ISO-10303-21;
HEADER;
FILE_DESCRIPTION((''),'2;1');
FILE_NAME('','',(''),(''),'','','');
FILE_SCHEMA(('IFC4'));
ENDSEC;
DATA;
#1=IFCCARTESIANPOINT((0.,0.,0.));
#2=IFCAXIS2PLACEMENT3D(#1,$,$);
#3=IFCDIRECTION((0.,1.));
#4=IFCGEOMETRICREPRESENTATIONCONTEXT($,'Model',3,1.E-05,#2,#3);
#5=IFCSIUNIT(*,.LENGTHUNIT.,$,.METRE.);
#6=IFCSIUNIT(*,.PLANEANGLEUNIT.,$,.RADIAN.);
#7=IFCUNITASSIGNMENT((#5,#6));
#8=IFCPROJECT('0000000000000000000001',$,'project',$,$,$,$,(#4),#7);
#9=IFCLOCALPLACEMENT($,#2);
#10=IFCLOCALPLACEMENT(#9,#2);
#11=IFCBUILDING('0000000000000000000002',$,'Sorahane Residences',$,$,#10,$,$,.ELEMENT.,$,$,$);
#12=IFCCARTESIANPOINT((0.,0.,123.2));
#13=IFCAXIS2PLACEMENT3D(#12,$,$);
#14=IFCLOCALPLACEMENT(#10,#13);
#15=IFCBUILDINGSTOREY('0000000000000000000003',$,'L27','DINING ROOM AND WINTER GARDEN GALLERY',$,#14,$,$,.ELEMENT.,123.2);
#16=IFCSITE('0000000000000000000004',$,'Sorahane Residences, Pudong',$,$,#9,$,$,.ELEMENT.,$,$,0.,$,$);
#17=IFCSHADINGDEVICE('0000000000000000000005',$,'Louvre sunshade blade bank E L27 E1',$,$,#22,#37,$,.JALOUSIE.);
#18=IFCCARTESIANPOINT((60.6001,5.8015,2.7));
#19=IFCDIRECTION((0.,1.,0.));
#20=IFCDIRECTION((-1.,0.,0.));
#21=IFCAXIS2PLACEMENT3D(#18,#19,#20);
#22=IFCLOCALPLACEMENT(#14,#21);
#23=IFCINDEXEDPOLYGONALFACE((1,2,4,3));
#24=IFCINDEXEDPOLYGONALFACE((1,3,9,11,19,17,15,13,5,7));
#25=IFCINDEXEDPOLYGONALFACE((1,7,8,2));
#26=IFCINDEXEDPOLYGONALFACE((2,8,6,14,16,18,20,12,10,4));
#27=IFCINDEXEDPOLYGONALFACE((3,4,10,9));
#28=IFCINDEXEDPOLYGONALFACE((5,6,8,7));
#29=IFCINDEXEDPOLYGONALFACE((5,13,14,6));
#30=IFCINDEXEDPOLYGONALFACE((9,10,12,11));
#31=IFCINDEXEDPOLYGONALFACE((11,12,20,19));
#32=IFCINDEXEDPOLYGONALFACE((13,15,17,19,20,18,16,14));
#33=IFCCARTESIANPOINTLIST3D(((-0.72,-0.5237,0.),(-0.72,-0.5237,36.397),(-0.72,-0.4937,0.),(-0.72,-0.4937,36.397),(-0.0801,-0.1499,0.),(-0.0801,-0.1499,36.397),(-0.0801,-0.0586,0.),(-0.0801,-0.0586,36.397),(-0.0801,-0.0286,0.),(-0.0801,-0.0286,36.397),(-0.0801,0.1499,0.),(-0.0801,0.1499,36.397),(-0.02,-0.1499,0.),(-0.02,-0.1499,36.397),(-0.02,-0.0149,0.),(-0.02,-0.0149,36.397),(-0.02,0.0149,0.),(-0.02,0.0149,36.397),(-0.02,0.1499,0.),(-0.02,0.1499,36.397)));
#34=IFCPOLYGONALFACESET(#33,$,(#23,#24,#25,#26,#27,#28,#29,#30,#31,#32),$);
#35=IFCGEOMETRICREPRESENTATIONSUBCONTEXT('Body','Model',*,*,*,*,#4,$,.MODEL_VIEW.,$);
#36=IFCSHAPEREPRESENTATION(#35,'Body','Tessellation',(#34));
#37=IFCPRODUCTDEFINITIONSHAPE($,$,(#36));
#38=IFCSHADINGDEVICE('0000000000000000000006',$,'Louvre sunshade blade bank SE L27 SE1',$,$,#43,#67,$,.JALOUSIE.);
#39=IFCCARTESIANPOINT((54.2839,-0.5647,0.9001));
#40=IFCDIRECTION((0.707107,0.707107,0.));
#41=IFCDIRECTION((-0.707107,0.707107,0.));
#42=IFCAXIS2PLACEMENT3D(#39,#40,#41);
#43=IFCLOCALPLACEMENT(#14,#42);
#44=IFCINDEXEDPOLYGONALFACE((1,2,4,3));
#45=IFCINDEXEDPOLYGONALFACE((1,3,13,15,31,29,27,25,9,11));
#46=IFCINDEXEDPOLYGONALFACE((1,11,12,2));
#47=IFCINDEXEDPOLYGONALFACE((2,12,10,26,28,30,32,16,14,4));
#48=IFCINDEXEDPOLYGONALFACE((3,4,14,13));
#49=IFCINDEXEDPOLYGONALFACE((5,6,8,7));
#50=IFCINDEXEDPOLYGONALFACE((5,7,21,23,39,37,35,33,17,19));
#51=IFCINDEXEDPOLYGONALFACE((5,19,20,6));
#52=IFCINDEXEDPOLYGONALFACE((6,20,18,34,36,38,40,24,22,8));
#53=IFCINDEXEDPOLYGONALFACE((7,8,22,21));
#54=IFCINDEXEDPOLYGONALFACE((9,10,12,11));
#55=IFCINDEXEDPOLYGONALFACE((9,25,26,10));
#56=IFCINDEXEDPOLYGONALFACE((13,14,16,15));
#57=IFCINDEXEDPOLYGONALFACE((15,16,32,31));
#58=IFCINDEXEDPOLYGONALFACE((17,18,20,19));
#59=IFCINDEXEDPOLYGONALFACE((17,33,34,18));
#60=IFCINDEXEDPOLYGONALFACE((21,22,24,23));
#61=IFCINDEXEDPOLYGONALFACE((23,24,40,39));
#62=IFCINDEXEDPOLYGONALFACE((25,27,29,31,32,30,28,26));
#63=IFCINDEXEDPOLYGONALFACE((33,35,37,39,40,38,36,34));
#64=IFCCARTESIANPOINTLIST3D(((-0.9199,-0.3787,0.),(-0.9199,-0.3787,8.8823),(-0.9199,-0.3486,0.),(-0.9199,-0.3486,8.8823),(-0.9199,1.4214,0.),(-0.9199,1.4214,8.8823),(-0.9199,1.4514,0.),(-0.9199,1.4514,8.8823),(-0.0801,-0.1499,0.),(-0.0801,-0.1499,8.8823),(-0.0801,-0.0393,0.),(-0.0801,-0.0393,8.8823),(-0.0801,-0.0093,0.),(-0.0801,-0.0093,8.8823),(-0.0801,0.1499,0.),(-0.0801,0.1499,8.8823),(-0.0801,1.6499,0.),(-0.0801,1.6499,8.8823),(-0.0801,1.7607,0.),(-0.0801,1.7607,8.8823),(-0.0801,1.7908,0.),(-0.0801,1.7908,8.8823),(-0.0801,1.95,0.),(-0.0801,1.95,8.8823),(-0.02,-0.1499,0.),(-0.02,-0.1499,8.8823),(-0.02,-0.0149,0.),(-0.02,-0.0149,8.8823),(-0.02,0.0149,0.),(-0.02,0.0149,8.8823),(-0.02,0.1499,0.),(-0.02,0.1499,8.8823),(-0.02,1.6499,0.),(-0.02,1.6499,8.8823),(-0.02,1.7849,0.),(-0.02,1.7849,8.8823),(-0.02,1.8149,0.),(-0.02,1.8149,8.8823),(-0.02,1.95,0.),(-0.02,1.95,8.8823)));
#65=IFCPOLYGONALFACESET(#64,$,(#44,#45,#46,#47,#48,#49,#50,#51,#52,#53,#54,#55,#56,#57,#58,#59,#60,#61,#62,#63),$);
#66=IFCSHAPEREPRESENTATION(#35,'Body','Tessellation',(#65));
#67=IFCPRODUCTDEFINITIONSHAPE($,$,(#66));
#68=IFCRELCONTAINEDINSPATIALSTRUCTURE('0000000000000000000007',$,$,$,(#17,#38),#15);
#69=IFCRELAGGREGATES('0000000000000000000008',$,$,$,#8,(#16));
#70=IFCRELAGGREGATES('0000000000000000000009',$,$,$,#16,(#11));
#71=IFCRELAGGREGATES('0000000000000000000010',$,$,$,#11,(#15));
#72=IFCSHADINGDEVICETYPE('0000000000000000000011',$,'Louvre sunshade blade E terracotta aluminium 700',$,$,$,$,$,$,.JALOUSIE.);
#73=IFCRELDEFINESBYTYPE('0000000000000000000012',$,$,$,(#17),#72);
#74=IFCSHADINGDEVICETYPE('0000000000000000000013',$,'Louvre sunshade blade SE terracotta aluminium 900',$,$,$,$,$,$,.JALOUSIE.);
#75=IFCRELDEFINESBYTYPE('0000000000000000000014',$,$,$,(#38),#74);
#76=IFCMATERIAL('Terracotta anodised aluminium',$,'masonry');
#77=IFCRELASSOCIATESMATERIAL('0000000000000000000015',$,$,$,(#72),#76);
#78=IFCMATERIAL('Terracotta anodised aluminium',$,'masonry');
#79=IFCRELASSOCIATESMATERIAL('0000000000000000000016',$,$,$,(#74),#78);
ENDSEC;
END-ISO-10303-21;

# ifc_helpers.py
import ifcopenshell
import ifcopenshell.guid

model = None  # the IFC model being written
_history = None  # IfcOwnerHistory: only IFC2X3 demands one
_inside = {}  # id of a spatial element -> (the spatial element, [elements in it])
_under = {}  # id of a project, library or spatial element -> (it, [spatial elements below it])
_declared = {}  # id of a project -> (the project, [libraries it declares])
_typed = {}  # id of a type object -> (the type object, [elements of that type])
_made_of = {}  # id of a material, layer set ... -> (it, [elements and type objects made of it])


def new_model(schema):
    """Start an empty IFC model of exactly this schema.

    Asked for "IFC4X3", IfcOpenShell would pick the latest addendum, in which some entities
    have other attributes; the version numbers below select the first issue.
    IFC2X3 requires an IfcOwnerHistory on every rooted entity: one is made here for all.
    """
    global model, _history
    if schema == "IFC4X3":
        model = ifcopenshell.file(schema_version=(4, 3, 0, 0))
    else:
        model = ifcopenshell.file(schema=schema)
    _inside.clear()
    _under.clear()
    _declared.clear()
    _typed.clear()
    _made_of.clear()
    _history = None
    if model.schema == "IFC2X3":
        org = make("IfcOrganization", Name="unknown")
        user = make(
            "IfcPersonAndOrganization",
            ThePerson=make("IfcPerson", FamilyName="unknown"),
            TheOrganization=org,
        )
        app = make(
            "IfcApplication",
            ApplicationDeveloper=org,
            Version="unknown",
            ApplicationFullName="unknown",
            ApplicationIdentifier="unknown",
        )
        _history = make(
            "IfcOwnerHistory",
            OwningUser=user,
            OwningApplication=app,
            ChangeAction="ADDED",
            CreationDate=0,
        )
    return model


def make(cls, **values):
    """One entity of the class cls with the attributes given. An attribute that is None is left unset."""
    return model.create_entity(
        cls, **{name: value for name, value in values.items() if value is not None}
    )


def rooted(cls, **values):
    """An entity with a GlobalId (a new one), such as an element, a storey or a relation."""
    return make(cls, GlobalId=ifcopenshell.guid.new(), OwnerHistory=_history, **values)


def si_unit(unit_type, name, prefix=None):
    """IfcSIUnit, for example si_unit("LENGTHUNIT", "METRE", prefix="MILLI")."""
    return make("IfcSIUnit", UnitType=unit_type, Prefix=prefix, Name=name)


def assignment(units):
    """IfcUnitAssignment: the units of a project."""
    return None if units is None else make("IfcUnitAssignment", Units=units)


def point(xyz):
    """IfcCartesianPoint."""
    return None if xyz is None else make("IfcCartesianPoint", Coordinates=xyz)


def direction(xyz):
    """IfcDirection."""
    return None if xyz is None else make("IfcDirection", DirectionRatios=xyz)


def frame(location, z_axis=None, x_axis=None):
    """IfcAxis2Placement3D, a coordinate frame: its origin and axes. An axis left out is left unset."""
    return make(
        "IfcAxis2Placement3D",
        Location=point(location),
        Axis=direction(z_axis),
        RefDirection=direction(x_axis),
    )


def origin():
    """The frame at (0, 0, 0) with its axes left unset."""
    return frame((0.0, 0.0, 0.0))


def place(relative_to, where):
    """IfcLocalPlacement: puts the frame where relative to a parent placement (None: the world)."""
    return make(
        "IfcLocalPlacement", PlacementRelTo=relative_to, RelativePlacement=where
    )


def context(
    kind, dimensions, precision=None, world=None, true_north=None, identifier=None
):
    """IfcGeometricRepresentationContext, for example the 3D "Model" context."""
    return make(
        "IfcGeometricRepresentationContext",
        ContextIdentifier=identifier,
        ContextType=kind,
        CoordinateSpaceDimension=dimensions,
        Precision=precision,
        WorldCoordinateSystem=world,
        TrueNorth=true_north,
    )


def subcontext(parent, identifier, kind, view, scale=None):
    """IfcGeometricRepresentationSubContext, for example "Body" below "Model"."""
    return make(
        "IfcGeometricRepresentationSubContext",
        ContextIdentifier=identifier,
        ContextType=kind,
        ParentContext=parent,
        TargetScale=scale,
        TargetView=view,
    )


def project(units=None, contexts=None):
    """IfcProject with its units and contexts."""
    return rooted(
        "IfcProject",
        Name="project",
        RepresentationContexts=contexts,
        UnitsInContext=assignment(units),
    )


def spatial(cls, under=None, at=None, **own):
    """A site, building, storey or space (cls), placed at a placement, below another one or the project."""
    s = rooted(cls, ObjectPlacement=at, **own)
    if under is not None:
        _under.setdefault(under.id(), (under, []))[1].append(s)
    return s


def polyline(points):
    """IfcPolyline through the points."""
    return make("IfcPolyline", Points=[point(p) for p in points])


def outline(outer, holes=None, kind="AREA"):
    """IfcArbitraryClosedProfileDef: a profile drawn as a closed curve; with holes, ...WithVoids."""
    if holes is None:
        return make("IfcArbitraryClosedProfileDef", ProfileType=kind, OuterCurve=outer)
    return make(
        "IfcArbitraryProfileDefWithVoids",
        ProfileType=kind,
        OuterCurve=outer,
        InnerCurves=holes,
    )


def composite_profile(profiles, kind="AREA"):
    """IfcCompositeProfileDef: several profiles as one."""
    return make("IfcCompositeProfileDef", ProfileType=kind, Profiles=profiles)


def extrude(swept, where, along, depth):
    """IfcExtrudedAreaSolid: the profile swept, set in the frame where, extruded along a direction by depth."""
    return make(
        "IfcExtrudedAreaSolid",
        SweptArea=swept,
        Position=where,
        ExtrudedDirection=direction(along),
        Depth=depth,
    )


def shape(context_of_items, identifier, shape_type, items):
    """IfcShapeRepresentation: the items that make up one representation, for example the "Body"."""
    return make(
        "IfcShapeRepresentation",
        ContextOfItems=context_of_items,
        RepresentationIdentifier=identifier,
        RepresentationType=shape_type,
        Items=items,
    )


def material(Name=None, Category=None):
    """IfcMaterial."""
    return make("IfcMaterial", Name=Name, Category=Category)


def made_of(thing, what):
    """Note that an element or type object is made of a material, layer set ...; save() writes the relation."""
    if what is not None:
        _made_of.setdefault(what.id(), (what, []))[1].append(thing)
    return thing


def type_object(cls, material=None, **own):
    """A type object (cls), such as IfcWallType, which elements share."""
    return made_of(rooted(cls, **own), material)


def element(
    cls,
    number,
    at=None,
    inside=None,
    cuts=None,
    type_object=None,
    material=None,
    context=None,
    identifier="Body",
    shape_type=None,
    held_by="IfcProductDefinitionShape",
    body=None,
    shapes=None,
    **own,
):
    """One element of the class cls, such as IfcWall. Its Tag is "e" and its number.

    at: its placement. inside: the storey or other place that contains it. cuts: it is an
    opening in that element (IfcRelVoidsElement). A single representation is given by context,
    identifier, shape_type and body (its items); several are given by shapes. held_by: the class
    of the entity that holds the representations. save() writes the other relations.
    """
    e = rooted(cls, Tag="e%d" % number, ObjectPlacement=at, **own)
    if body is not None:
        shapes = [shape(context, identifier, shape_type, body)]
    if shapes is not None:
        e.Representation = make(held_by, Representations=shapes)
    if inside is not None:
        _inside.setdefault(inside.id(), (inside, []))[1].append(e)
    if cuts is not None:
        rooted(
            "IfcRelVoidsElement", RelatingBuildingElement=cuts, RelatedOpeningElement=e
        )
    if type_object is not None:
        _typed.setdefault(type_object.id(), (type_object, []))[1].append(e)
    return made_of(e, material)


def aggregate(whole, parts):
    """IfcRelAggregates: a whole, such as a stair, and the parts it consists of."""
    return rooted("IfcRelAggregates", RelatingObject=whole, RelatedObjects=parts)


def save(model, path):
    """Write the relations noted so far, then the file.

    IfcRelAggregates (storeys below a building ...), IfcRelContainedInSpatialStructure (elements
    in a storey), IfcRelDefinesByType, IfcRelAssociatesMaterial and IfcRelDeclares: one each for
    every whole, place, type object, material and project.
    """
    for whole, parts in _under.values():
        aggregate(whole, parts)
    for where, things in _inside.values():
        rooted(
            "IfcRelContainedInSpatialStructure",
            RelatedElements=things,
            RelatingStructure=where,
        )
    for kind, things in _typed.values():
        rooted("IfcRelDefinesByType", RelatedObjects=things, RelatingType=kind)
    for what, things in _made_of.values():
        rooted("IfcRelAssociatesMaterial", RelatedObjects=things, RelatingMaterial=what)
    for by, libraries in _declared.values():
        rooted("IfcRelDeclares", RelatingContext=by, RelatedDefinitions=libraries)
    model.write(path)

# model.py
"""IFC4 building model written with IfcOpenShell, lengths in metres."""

from ifc_helpers import new_model, si_unit, direction, frame, origin, place, context, subcontext, project, spatial, polyline, outline, composite_profile, extrude, material, type_object, element, save


model = new_model("IFC4")

# Units and contexts
model_context = context("Model", 3, precision=1e-05, world=origin(), true_north=direction((0.0, 1.0)))
body_context = subcontext(model_context, "Body", "Model", "MODEL_VIEW")
ifc_project = project(units=[si_unit("LENGTHUNIT", "METRE"), si_unit("PLANEANGLEUNIT", "RADIAN")], contexts=[model_context])

# Site, building, storey
site_placement = place(None, origin())
site = spatial("IfcSite", under=ifc_project, at=site_placement, Name="Sorahane Residences, Pudong", CompositionType="ELEMENT", RefElevation=0.0)
building_placement = place(site_placement, origin())
building = spatial("IfcBuilding", under=site, at=building_placement, Name="Sorahane Residences", CompositionType="ELEMENT")
storey_placement = place(building_placement, frame((0.0, 0.0, 123.2)))
storey = spatial("IfcBuildingStorey", under=building, at=storey_placement, Name="L27", Description="DINING ROOM AND WINTER GARDEN GALLERY", CompositionType="ELEMENT", Elevation=123.2)

# Shading devices
ifc_material_1 = material(Name="Terracotta anodised aluminium", Category="masonry")
shading_device_type_1 = type_object("IfcShadingDeviceType", Name="Louvre sunshade blade E terracotta aluminium 700", PredefinedType="JALOUSIE", material=ifc_material_1)
shading_device_1_placement = place(storey_placement, frame((60.6001, 5.8015, 2.7), z_axis=(0.0, 1.0, 0.0), x_axis=(-1.0, 0.0, 0.0)))
element("IfcShadingDevice", 1, at=shading_device_1_placement, inside=storey, type_object=shading_device_type_1, Name="Louvre sunshade blade bank E L27 E1", PredefinedType="JALOUSIE", context=body_context, shape_type="SweptSolid", body=[
    extrude(outline(polyline([(-0.72, -0.4937), (-0.72, -0.5237), (-0.0801, -0.0586), (-0.0801, -0.1499), (-0.02, -0.1499), (-0.02, -0.0149), (-0.02, 0.0149), (-0.02, 0.1499), (-0.0801, 0.1499), (-0.0801, -0.0286), (-0.72, -0.4937)])), origin(), (0.0, 0.0, 1.0), 36.397),
])
ifc_material_2 = material(Name="Terracotta anodised aluminium", Category="masonry")
shading_device_type_2 = type_object("IfcShadingDeviceType", Name="Louvre sunshade blade SE terracotta aluminium 900", PredefinedType="JALOUSIE", material=ifc_material_2)
shading_device_2_placement = place(storey_placement, frame((54.2839, -0.5647, 0.9001), z_axis=(0.707107, 0.707107, 0.0), x_axis=(-0.707107, 0.707107, 0.0)))
element("IfcShadingDevice", 2, at=shading_device_2_placement, inside=storey, type_object=shading_device_type_2, Name="Louvre sunshade blade bank SE L27 SE1", PredefinedType="JALOUSIE", context=body_context, shape_type="SweptSolid", body=[
    extrude(composite_profile([outline(polyline([(-0.9199, -0.3486), (-0.9199, -0.3787), (-0.0801, -0.0393), (-0.0801, -0.1499), (-0.02, -0.1499), (-0.02, -0.0149), (-0.02, 0.0149), (-0.02, 0.1499), (-0.0801, 0.1499), (-0.0801, -0.0093), (-0.9199, -0.3486)])), outline(polyline([(-0.9199, 1.4514), (-0.9199, 1.4214), (-0.0801, 1.7607), (-0.0801, 1.6499), (-0.02, 1.6499), (-0.02, 1.7849), (-0.02, 1.8149), (-0.02, 1.95), (-0.0801, 1.95), (-0.0801, 1.7908), (-0.9199, 1.4514)]))]), origin(), (0.0, 0.0, 1.0), 8.8823),
])

save(model, "model.ifc")
